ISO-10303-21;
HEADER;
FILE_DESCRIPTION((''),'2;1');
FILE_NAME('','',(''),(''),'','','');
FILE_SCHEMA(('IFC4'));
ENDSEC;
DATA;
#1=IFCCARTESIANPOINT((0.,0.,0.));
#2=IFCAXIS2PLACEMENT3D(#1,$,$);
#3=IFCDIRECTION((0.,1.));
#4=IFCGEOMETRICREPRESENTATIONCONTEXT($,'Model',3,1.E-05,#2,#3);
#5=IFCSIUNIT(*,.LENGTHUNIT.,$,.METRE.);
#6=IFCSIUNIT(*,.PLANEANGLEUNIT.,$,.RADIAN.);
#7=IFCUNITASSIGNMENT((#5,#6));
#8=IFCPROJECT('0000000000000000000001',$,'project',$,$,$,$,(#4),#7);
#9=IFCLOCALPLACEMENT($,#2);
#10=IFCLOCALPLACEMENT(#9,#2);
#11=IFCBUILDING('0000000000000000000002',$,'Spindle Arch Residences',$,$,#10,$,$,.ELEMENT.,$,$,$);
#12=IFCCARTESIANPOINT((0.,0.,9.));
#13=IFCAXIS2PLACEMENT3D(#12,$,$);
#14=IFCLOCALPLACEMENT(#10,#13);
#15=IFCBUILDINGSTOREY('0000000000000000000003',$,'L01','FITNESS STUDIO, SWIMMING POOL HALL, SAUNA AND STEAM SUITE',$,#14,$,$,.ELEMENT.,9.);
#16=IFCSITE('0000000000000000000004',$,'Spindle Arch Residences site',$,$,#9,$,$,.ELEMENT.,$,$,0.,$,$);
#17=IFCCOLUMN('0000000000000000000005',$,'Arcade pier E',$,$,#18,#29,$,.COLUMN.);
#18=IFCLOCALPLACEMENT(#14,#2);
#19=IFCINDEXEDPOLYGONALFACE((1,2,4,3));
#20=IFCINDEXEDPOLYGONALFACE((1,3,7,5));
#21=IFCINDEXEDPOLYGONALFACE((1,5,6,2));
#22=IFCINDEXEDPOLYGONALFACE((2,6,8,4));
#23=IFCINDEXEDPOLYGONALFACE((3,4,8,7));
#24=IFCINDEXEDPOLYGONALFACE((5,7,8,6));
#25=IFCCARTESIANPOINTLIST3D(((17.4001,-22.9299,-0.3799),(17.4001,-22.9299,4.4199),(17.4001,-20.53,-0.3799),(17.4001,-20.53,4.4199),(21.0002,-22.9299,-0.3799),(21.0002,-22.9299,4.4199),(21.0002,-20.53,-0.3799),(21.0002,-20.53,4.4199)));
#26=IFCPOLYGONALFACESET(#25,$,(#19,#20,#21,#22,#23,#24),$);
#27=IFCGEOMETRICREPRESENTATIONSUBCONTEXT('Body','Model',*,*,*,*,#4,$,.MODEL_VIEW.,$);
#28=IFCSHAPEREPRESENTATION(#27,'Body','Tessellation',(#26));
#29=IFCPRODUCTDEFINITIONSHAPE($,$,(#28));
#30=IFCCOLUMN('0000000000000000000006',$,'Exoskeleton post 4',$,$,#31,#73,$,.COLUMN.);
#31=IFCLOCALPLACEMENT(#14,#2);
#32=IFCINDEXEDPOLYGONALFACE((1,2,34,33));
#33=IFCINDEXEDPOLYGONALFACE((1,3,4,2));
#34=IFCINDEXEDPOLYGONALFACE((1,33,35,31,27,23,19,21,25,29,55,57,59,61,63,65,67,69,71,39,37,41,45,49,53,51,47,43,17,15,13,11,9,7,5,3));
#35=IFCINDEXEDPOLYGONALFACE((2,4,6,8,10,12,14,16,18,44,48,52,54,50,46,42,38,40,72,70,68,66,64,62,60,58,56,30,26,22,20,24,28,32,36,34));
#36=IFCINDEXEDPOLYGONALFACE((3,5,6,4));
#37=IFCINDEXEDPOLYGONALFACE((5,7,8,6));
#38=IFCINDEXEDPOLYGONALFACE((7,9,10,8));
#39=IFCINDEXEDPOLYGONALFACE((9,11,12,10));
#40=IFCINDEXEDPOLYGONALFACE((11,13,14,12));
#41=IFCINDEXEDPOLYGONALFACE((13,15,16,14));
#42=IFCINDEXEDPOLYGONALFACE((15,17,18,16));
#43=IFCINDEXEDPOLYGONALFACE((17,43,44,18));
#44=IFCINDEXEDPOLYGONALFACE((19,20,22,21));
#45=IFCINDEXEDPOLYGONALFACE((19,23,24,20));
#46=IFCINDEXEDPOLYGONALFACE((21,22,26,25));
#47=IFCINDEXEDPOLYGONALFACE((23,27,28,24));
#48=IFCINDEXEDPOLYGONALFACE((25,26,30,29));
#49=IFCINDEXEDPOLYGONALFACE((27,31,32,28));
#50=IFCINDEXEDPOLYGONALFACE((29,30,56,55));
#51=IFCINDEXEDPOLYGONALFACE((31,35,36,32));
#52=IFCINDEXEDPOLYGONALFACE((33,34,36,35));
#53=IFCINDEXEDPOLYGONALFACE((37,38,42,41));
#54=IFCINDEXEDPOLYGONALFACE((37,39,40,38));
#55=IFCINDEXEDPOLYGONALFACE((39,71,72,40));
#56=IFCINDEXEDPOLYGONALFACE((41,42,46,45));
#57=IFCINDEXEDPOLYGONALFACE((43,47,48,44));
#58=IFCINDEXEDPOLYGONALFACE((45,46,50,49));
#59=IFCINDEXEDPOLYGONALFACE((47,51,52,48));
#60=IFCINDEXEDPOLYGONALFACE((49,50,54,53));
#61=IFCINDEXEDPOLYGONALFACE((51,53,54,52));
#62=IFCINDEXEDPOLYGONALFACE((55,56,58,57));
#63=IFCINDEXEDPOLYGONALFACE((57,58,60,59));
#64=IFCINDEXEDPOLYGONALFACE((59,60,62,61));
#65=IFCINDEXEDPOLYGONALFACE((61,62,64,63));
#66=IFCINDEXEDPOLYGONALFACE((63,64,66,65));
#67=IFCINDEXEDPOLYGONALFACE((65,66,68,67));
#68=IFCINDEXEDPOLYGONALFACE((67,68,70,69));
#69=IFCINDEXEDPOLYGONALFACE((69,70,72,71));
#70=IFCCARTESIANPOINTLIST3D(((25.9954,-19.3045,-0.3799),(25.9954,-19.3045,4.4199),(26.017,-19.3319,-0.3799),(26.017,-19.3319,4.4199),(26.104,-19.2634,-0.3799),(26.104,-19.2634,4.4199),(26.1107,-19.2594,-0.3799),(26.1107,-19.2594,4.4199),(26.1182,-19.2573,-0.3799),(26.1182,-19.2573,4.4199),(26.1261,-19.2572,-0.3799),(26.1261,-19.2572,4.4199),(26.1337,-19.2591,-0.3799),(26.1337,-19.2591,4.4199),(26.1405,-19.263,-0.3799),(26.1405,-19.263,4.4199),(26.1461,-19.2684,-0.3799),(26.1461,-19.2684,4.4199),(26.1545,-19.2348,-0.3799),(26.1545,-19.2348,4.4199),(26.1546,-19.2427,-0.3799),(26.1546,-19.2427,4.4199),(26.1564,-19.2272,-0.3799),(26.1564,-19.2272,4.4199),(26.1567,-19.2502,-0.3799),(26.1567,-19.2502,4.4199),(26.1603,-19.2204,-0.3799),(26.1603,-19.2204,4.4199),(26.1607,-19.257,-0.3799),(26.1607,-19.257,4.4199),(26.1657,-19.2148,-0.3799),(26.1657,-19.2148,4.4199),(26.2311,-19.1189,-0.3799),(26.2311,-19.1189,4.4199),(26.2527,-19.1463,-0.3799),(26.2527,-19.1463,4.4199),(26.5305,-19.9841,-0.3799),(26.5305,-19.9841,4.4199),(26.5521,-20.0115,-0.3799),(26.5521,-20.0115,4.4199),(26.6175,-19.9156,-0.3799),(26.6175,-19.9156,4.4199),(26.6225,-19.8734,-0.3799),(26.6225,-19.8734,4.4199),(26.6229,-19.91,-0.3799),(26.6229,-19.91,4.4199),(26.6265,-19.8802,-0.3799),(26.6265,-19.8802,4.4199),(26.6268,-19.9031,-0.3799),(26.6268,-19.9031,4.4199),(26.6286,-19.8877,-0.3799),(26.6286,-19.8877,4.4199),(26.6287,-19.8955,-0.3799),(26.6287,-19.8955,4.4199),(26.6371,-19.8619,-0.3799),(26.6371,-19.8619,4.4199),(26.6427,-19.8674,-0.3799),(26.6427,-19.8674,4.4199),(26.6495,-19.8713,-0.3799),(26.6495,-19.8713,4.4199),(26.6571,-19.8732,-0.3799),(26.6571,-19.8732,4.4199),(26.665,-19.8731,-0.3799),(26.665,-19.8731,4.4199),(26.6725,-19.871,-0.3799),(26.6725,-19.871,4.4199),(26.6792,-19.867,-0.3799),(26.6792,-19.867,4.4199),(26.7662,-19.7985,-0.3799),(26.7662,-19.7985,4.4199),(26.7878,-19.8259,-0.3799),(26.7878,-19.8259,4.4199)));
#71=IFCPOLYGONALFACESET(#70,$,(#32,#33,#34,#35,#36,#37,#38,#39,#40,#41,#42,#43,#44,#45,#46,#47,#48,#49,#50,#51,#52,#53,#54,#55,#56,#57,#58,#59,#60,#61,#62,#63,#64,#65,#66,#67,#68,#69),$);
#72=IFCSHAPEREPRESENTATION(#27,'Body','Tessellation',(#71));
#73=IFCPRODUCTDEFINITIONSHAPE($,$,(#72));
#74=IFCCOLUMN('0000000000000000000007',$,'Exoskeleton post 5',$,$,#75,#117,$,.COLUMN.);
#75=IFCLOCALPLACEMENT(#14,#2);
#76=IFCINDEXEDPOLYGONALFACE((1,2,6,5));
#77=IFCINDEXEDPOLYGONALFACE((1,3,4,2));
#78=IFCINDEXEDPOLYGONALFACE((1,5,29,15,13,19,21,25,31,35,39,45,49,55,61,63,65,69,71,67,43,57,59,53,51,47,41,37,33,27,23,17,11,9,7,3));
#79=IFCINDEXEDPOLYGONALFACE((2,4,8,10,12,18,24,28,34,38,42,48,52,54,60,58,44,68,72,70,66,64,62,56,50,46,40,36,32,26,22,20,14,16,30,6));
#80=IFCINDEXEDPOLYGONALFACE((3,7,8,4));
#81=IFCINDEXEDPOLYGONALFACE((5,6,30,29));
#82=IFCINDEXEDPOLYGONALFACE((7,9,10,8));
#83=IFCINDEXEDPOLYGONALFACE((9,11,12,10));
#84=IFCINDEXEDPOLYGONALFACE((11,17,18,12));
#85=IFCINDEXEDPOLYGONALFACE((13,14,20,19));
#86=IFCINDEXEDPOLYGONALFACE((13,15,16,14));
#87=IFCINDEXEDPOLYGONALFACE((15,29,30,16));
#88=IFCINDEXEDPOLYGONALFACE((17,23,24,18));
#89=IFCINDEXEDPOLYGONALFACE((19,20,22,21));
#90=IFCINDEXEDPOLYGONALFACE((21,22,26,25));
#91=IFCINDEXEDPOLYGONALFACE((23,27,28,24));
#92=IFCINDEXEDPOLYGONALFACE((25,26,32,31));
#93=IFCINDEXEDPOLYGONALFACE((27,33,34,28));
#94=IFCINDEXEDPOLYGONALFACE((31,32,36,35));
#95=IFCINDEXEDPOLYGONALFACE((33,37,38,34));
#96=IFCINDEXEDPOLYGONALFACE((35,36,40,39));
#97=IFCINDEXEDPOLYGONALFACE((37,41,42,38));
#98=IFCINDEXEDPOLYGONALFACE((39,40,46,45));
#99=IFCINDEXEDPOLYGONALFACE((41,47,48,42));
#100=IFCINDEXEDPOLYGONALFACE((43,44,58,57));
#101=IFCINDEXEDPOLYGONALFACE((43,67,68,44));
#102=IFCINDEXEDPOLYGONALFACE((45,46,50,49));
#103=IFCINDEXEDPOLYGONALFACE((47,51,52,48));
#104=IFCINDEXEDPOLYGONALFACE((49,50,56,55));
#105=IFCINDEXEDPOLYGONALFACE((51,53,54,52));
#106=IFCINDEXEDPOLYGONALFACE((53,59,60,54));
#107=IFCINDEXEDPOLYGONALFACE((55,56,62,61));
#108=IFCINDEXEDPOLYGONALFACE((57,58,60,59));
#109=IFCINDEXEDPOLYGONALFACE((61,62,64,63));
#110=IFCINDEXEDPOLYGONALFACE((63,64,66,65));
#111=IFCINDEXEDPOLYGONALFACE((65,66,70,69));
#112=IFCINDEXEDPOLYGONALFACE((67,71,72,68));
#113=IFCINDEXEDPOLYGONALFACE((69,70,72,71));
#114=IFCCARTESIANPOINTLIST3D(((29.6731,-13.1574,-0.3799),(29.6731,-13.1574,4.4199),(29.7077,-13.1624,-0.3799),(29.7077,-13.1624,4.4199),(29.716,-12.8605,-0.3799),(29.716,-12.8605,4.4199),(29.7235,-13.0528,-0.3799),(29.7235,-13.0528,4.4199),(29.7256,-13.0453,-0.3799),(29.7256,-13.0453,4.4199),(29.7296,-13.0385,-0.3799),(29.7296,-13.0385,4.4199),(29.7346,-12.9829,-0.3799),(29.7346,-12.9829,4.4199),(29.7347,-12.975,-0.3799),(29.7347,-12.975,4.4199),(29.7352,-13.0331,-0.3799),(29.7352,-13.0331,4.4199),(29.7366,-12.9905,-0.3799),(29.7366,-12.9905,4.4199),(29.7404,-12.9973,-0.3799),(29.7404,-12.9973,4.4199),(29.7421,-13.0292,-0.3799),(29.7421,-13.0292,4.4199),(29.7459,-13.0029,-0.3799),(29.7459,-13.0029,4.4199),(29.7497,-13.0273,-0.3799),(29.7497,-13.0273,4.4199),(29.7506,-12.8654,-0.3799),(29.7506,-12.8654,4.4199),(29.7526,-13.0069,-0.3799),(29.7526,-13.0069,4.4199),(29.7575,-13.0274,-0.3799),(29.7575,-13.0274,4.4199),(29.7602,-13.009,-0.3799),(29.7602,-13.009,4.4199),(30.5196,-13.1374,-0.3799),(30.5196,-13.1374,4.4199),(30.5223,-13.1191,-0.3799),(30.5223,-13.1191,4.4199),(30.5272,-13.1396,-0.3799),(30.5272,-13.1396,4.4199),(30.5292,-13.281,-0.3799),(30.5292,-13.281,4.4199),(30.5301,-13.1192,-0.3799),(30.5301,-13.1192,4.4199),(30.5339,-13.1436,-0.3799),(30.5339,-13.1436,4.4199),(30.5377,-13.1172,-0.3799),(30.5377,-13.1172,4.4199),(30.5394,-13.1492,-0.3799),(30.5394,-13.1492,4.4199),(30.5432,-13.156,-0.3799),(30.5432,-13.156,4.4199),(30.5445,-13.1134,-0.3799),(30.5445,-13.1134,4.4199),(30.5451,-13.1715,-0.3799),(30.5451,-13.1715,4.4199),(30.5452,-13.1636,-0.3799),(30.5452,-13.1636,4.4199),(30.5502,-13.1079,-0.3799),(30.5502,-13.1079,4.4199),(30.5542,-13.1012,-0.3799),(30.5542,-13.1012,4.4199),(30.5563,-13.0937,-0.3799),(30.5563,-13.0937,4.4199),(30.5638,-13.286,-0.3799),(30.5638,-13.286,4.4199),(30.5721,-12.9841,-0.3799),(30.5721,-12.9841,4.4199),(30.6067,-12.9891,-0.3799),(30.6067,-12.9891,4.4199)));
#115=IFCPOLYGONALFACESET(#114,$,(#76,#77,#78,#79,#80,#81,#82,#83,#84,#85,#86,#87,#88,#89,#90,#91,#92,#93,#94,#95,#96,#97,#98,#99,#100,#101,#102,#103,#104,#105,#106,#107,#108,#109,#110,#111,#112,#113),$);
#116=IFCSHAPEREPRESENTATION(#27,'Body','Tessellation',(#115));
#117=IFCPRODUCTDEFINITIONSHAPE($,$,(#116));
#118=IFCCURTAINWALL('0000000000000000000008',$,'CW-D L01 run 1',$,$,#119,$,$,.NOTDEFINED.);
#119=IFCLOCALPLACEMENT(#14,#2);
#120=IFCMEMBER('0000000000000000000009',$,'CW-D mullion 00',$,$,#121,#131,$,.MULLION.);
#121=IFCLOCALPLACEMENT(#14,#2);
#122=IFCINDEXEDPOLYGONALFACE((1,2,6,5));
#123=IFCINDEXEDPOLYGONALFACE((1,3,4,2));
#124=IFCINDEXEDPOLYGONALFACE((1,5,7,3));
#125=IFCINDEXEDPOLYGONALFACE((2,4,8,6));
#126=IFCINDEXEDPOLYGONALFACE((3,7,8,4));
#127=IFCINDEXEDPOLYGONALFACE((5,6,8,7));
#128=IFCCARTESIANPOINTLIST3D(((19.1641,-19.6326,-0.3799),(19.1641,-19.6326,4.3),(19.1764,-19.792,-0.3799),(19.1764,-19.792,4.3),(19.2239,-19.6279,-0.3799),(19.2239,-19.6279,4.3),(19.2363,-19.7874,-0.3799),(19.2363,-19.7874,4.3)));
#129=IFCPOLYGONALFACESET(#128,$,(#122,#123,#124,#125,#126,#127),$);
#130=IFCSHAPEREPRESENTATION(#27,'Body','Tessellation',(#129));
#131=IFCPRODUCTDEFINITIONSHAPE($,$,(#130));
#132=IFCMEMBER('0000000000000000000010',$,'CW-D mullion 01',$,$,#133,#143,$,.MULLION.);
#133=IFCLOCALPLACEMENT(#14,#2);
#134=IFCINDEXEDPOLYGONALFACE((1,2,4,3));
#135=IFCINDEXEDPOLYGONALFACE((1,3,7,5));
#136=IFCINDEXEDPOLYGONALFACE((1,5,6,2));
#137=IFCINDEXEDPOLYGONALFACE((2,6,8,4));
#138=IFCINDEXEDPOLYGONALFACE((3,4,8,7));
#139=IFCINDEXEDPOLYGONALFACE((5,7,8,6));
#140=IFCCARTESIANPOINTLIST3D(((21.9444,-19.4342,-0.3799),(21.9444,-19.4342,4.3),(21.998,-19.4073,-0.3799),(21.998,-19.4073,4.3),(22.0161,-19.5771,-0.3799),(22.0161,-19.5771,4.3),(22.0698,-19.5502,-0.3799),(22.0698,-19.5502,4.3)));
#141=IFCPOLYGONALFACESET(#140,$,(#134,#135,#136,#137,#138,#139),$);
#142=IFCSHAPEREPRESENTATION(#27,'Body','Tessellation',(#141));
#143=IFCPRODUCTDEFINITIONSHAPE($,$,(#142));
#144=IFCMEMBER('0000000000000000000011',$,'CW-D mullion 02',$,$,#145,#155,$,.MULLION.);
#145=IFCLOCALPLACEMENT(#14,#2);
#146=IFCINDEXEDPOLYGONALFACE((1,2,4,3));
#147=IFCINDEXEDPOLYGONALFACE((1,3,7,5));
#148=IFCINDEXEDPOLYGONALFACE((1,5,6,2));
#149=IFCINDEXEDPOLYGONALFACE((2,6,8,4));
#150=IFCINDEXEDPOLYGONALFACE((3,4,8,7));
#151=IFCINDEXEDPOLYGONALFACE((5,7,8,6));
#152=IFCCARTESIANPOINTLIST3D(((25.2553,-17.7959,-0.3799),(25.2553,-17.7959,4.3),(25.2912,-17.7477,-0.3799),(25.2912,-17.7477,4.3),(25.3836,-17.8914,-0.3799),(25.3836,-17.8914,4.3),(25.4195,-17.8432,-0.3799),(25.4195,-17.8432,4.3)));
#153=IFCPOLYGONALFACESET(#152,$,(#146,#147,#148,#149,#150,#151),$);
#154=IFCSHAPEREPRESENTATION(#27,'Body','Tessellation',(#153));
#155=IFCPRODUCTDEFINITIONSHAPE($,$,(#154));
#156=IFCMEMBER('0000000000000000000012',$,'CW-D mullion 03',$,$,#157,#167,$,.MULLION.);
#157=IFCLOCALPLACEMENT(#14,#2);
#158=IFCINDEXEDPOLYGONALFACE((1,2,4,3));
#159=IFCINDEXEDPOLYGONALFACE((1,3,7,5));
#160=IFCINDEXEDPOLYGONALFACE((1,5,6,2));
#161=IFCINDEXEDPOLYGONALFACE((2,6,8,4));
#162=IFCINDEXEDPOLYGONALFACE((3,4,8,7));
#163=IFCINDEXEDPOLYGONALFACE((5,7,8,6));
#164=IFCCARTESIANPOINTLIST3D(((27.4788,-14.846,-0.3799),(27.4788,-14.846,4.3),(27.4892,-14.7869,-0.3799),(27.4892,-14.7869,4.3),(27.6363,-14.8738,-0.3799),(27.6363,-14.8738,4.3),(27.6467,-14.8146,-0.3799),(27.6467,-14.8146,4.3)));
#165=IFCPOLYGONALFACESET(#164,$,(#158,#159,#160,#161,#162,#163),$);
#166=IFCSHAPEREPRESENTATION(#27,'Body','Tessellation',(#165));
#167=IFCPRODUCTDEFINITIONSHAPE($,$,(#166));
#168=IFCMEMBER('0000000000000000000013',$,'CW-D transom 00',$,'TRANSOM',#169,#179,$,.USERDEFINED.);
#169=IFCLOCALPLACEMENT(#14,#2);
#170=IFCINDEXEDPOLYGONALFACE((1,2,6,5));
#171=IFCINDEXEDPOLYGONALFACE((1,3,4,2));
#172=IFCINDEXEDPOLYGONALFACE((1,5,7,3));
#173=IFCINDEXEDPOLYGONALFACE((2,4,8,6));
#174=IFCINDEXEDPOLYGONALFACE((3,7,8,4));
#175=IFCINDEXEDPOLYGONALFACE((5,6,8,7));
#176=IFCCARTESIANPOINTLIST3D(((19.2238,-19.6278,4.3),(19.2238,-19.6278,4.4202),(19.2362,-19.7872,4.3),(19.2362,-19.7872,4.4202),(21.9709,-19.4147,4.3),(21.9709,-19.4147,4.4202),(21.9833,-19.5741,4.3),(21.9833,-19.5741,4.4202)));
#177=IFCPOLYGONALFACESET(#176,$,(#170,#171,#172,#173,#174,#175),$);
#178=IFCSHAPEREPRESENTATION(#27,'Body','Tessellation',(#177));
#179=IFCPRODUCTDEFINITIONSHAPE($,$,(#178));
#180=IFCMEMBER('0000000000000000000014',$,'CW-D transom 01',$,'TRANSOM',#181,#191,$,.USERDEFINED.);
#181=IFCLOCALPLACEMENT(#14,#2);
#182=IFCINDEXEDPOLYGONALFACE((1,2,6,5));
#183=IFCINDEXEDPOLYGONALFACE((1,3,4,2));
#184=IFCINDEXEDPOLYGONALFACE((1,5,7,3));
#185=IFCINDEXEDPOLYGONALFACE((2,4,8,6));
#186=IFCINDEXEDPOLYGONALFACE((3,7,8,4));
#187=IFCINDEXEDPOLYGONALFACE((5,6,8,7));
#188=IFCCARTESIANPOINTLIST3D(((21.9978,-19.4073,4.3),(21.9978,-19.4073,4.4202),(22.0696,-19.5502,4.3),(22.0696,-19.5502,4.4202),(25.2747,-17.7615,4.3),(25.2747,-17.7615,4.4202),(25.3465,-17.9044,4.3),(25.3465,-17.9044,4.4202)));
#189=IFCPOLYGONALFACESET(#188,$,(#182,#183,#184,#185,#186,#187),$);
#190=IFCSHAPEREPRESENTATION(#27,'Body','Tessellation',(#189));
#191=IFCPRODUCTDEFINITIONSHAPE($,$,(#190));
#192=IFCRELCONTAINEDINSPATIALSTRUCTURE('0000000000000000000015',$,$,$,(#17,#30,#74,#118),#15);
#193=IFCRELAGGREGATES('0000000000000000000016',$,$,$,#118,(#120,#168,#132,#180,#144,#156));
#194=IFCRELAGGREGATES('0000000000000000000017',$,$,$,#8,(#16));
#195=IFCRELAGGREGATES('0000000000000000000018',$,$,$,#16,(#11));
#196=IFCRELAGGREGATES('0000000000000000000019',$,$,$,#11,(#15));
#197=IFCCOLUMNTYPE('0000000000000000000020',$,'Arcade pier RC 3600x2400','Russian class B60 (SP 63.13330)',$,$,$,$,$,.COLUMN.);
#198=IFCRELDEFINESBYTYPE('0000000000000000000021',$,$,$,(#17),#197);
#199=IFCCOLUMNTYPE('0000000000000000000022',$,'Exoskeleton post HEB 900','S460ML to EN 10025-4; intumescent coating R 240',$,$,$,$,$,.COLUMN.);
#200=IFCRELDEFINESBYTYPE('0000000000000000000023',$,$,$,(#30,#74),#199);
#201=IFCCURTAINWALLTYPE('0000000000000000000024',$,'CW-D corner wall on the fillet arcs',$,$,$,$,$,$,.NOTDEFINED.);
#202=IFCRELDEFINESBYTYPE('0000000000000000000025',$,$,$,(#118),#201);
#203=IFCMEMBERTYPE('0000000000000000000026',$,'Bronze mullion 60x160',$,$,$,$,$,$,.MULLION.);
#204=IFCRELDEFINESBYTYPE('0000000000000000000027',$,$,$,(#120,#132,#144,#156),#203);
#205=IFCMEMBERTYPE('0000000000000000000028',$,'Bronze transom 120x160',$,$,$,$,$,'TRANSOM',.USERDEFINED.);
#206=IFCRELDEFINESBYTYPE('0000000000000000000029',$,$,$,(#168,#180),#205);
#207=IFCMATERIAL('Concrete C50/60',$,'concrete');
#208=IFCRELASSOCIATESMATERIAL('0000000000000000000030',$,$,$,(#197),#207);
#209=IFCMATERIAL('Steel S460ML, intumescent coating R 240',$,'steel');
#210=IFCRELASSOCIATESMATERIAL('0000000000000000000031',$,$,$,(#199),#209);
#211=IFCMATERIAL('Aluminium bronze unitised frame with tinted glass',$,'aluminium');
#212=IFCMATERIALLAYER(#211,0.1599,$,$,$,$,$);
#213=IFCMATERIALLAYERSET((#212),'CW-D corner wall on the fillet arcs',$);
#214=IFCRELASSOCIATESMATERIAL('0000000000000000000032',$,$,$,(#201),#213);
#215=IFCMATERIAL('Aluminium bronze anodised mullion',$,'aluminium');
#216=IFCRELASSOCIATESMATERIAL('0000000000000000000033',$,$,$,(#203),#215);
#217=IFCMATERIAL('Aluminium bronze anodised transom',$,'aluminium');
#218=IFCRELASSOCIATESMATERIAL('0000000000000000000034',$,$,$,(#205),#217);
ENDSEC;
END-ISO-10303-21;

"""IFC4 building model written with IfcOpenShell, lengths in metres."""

from ifc_helpers import new_model, si_unit, direction, frame, origin, origin_2d, place, context, subcontext, project, spatial, rectangle, i_section, extrude, material, layer, layer_set, material_profile, profile_set, type_object, element, aggregate, save


model = new_model("IFC4")

# Units and contexts
model_context = context("Model", 3, precision=1e-05, world=origin(), true_north=direction((0.0, 1.0)))
body_context = subcontext(model_context, "Body", "Model", "MODEL_VIEW")
ifc_project = project(units=[si_unit("LENGTHUNIT", "METRE"), si_unit("PLANEANGLEUNIT", "RADIAN")], contexts=[model_context])

# Site, building, storey
site_placement = place(None, origin())
site = spatial("IfcSite", under=ifc_project, at=site_placement, Name="Spindle Arch Residences site", CompositionType="ELEMENT", RefElevation=0.0)
building_placement = place(site_placement, origin())
building = spatial("IfcBuilding", under=site, at=building_placement, Name="Spindle Arch Residences", CompositionType="ELEMENT")
storey_placement = place(building_placement, frame((0.0, 0.0, 9.0)))
storey = spatial("IfcBuildingStorey", under=building, at=storey_placement, Name="L01", Description="FITNESS STUDIO, SWIMMING POOL HALL, SAUNA AND STEAM SUITE", CompositionType="ELEMENT", Elevation=9.0)

# Columns
ifc_material_1 = material(Name="Concrete C50/60", Category="concrete")
ifc_material_profile_1 = material_profile(ifc_material_1, rectangle(XDim=3.6001, YDim=2.3999, at=origin_2d()), Name="RC 3600x2400")
ifc_profile_set_1 = profile_set([ifc_material_profile_1], Name="Concrete C50/60")
column_type_1 = type_object("IfcColumnType", Name="Arcade pier RC 3600x2400", Description="Russian class B60 (SP 63.13330)", PredefinedType="COLUMN", material=ifc_profile_set_1)
column_placement = place(storey_placement, frame((19.2002, -21.73, -0.3799), z_axis=(0.0, 0.0, 1.0), x_axis=(1.0, 0.0, 0.0)))
element("IfcColumn", 1, at=column_placement, inside=storey, type_object=column_type_1, Name="Arcade pier E", PredefinedType="COLUMN", context=body_context, shape_type="SweptSolid", body=[
    extrude(rectangle(XDim=3.6001, YDim=2.3999, at=origin_2d()), origin(), (0.0, 0.0, 1.0), 4.7998),
])
ifc_material_2 = material(Name="Steel S460ML, intumescent coating R 240", Category="steel")
ifc_material_profile_2 = material_profile(ifc_material_2, i_section(OverallWidth=0.3, OverallDepth=0.8999, WebThickness=0.0186, FlangeThickness=0.0349, FilletRadius=0.03, at=origin_2d()), Name="HEB 900")
ifc_profile_set_2 = profile_set([ifc_material_profile_2], Name="Steel S460ML, intumescent coating R 240")
column_type_2 = type_object("IfcColumnType", Name="Exoskeleton post HEB 900", Description="S460ML to EN 10025-4; intumescent coating R 240", PredefinedType="COLUMN", material=ifc_profile_set_2)
for number, where, z_axis, x_axis, name in (
    (2, (26.3916, -19.5652, -0.3799), (0.0, 0.0, 1.0), (-0.785684, -0.618629, 0.0), "Exoskeleton post 4"),
    (3, (30.1399, -13.0732, -0.3799), (0.0, 0.0, 1.0), (-0.142906, -0.989736, 0.0), "Exoskeleton post 5"),
):
    element("IfcColumn", number, at=place(storey_placement, frame(where, z_axis=z_axis, x_axis=x_axis)), inside=storey, type_object=column_type_2, Name=name, PredefinedType="COLUMN", context=body_context, shape_type="SweptSolid", body=[
        extrude(i_section(OverallWidth=0.3, OverallDepth=0.8999, WebThickness=0.0186, FlangeThickness=0.0349, FilletRadius=0.03, at=origin_2d()), origin(), (0.0, 0.0, 1.0), 4.7998),
    ])

# Curtain wall, members
ifc_material_3 = material(Name="Aluminium bronze unitised frame with tinted glass", Category="aluminium")
ifc_layer_1 = layer(ifc_material_3, 0.1599)
ifc_layer_set_1 = layer_set([ifc_layer_1], Name="CW-D corner wall on the fillet arcs")
curtain_wall_type_1 = type_object("IfcCurtainWallType", Name="CW-D corner wall on the fillet arcs", PredefinedType="NOTDEFINED", material=ifc_layer_set_1)
curtain_wall_1_placement = place(storey_placement, origin())
curtain_wall_1 = element("IfcCurtainWall", 4, at=curtain_wall_1_placement, inside=storey, type_object=curtain_wall_type_1, Name="CW-D L01 run 1", PredefinedType="NOTDEFINED")
ifc_material_4 = material(Name="Aluminium bronze anodised mullion", Category="aluminium")
ifc_material_profile_3 = material_profile(ifc_material_4, rectangle(XDim=0.1599, YDim=0.0601, at=origin_2d()), Name="MU 60x160")
ifc_profile_set_3 = profile_set([ifc_material_profile_3], Name="Aluminium bronze anodised mullion")
member_type_1 = type_object("IfcMemberType", Name="Bronze mullion 60x160", PredefinedType="MULLION", material=ifc_profile_set_3)
member_1_placement = place(storey_placement, frame((19.2002, -19.71, -0.3799), z_axis=(0.0, 0.0, 1.0), x_axis=(-0.077364, 0.997003, 0.0)))
member_1 = element("IfcMember", 5, at=member_1_placement, type_object=member_type_1, Name="CW-D mullion 00", PredefinedType="MULLION", context=body_context, shape_type="SweptSolid", body=[
    extrude(rectangle(XDim=0.1599, YDim=0.0601, at=origin_2d()), origin(), (0.0, 0.0, 1.0), 4.6799),
])
member_2_placement = place(storey_placement, frame((22.0071, -19.4922, -0.3799), z_axis=(0.0, 0.0, 1.0), x_axis=(-0.448799, 0.893633, 0.0)))
member_2 = element("IfcMember", 6, at=member_2_placement, type_object=member_type_1, Name="CW-D mullion 01", PredefinedType="MULLION", context=body_context, shape_type="SweptSolid", body=[
    extrude(rectangle(XDim=0.1599, YDim=0.0601, at=origin_2d()), origin(), (0.0, 0.0, 1.0), 4.6799),
])
member_3_placement = place(storey_placement, frame((25.3374, -17.8196, -0.3799), z_axis=(0.0, 0.0, 1.0), x_axis=(-0.802123, 0.597159, 0.0)))
member_3 = element("IfcMember", 7, at=member_3_placement, type_object=member_type_1, Name="CW-D mullion 02", PredefinedType="MULLION", context=body_context, shape_type="SweptSolid", body=[
    extrude(rectangle(XDim=0.1599, YDim=0.0601, at=origin_2d()), origin(), (0.0, 0.0, 1.0), 4.6799),
])
member_4_placement = place(storey_placement, frame((27.5627, -14.8303, -0.3799), z_axis=(0.0, 0.0, 1.0), x_axis=(-0.984808, 0.173648, 0.0)))
member_4 = element("IfcMember", 8, at=member_4_placement, type_object=member_type_1, Name="CW-D mullion 03", PredefinedType="MULLION", context=body_context, shape_type="SweptSolid", body=[
    extrude(rectangle(XDim=0.1599, YDim=0.0601, at=origin_2d()), origin(), (0.0, 0.0, 1.0), 4.6799),
])
ifc_material_5 = material(Name="Aluminium bronze anodised transom", Category="aluminium")
ifc_material_profile_4 = material_profile(ifc_material_5, rectangle(XDim=0.1599, YDim=0.1201, at=origin_2d()), Name="TR 120x160")
ifc_profile_set_4 = profile_set([ifc_material_profile_4], Name="Aluminium bronze anodised transom")
member_type_2 = type_object("IfcMemberType", Name="Bronze transom 120x160", ElementType="TRANSOM", PredefinedType="USERDEFINED", material=ifc_profile_set_4)
member_5_placement = place(storey_placement, frame((19.23, -19.7075, 4.3601), z_axis=(0.997004, 0.077354, 0.0), x_axis=(-0.077354, 0.997004, 0.0)))
member_5 = element("IfcMember", 9, at=member_5_placement, type_object=member_type_2, Name="CW-D transom 00", ObjectType="TRANSOM", PredefinedType="USERDEFINED", context=body_context, shape_type="SweptSolid", body=[
    extrude(rectangle(XDim=0.1599, YDim=0.1201, at=origin_2d()), origin(), (0.0, 0.0, 1.0), 2.7554),
])
member_6_placement = place(storey_placement, frame((22.0337, -19.4788, 4.3601), z_axis=(0.893627, 0.448811, 0.0), x_axis=(-0.448811, 0.893627, 0.0)))
member_6 = element("IfcMember", 10, at=member_6_placement, type_object=member_type_2, Name="CW-D transom 01", ObjectType="TRANSOM", PredefinedType="USERDEFINED", context=body_context, shape_type="SweptSolid", body=[
    extrude(rectangle(XDim=0.1599, YDim=0.1201, at=origin_2d()), origin(), (0.0, 0.0, 1.0), 3.667),
])

aggregate(curtain_wall_1, [member_1, member_5, member_2, member_6, member_3, member_4])

save(model, "model.ifc")
